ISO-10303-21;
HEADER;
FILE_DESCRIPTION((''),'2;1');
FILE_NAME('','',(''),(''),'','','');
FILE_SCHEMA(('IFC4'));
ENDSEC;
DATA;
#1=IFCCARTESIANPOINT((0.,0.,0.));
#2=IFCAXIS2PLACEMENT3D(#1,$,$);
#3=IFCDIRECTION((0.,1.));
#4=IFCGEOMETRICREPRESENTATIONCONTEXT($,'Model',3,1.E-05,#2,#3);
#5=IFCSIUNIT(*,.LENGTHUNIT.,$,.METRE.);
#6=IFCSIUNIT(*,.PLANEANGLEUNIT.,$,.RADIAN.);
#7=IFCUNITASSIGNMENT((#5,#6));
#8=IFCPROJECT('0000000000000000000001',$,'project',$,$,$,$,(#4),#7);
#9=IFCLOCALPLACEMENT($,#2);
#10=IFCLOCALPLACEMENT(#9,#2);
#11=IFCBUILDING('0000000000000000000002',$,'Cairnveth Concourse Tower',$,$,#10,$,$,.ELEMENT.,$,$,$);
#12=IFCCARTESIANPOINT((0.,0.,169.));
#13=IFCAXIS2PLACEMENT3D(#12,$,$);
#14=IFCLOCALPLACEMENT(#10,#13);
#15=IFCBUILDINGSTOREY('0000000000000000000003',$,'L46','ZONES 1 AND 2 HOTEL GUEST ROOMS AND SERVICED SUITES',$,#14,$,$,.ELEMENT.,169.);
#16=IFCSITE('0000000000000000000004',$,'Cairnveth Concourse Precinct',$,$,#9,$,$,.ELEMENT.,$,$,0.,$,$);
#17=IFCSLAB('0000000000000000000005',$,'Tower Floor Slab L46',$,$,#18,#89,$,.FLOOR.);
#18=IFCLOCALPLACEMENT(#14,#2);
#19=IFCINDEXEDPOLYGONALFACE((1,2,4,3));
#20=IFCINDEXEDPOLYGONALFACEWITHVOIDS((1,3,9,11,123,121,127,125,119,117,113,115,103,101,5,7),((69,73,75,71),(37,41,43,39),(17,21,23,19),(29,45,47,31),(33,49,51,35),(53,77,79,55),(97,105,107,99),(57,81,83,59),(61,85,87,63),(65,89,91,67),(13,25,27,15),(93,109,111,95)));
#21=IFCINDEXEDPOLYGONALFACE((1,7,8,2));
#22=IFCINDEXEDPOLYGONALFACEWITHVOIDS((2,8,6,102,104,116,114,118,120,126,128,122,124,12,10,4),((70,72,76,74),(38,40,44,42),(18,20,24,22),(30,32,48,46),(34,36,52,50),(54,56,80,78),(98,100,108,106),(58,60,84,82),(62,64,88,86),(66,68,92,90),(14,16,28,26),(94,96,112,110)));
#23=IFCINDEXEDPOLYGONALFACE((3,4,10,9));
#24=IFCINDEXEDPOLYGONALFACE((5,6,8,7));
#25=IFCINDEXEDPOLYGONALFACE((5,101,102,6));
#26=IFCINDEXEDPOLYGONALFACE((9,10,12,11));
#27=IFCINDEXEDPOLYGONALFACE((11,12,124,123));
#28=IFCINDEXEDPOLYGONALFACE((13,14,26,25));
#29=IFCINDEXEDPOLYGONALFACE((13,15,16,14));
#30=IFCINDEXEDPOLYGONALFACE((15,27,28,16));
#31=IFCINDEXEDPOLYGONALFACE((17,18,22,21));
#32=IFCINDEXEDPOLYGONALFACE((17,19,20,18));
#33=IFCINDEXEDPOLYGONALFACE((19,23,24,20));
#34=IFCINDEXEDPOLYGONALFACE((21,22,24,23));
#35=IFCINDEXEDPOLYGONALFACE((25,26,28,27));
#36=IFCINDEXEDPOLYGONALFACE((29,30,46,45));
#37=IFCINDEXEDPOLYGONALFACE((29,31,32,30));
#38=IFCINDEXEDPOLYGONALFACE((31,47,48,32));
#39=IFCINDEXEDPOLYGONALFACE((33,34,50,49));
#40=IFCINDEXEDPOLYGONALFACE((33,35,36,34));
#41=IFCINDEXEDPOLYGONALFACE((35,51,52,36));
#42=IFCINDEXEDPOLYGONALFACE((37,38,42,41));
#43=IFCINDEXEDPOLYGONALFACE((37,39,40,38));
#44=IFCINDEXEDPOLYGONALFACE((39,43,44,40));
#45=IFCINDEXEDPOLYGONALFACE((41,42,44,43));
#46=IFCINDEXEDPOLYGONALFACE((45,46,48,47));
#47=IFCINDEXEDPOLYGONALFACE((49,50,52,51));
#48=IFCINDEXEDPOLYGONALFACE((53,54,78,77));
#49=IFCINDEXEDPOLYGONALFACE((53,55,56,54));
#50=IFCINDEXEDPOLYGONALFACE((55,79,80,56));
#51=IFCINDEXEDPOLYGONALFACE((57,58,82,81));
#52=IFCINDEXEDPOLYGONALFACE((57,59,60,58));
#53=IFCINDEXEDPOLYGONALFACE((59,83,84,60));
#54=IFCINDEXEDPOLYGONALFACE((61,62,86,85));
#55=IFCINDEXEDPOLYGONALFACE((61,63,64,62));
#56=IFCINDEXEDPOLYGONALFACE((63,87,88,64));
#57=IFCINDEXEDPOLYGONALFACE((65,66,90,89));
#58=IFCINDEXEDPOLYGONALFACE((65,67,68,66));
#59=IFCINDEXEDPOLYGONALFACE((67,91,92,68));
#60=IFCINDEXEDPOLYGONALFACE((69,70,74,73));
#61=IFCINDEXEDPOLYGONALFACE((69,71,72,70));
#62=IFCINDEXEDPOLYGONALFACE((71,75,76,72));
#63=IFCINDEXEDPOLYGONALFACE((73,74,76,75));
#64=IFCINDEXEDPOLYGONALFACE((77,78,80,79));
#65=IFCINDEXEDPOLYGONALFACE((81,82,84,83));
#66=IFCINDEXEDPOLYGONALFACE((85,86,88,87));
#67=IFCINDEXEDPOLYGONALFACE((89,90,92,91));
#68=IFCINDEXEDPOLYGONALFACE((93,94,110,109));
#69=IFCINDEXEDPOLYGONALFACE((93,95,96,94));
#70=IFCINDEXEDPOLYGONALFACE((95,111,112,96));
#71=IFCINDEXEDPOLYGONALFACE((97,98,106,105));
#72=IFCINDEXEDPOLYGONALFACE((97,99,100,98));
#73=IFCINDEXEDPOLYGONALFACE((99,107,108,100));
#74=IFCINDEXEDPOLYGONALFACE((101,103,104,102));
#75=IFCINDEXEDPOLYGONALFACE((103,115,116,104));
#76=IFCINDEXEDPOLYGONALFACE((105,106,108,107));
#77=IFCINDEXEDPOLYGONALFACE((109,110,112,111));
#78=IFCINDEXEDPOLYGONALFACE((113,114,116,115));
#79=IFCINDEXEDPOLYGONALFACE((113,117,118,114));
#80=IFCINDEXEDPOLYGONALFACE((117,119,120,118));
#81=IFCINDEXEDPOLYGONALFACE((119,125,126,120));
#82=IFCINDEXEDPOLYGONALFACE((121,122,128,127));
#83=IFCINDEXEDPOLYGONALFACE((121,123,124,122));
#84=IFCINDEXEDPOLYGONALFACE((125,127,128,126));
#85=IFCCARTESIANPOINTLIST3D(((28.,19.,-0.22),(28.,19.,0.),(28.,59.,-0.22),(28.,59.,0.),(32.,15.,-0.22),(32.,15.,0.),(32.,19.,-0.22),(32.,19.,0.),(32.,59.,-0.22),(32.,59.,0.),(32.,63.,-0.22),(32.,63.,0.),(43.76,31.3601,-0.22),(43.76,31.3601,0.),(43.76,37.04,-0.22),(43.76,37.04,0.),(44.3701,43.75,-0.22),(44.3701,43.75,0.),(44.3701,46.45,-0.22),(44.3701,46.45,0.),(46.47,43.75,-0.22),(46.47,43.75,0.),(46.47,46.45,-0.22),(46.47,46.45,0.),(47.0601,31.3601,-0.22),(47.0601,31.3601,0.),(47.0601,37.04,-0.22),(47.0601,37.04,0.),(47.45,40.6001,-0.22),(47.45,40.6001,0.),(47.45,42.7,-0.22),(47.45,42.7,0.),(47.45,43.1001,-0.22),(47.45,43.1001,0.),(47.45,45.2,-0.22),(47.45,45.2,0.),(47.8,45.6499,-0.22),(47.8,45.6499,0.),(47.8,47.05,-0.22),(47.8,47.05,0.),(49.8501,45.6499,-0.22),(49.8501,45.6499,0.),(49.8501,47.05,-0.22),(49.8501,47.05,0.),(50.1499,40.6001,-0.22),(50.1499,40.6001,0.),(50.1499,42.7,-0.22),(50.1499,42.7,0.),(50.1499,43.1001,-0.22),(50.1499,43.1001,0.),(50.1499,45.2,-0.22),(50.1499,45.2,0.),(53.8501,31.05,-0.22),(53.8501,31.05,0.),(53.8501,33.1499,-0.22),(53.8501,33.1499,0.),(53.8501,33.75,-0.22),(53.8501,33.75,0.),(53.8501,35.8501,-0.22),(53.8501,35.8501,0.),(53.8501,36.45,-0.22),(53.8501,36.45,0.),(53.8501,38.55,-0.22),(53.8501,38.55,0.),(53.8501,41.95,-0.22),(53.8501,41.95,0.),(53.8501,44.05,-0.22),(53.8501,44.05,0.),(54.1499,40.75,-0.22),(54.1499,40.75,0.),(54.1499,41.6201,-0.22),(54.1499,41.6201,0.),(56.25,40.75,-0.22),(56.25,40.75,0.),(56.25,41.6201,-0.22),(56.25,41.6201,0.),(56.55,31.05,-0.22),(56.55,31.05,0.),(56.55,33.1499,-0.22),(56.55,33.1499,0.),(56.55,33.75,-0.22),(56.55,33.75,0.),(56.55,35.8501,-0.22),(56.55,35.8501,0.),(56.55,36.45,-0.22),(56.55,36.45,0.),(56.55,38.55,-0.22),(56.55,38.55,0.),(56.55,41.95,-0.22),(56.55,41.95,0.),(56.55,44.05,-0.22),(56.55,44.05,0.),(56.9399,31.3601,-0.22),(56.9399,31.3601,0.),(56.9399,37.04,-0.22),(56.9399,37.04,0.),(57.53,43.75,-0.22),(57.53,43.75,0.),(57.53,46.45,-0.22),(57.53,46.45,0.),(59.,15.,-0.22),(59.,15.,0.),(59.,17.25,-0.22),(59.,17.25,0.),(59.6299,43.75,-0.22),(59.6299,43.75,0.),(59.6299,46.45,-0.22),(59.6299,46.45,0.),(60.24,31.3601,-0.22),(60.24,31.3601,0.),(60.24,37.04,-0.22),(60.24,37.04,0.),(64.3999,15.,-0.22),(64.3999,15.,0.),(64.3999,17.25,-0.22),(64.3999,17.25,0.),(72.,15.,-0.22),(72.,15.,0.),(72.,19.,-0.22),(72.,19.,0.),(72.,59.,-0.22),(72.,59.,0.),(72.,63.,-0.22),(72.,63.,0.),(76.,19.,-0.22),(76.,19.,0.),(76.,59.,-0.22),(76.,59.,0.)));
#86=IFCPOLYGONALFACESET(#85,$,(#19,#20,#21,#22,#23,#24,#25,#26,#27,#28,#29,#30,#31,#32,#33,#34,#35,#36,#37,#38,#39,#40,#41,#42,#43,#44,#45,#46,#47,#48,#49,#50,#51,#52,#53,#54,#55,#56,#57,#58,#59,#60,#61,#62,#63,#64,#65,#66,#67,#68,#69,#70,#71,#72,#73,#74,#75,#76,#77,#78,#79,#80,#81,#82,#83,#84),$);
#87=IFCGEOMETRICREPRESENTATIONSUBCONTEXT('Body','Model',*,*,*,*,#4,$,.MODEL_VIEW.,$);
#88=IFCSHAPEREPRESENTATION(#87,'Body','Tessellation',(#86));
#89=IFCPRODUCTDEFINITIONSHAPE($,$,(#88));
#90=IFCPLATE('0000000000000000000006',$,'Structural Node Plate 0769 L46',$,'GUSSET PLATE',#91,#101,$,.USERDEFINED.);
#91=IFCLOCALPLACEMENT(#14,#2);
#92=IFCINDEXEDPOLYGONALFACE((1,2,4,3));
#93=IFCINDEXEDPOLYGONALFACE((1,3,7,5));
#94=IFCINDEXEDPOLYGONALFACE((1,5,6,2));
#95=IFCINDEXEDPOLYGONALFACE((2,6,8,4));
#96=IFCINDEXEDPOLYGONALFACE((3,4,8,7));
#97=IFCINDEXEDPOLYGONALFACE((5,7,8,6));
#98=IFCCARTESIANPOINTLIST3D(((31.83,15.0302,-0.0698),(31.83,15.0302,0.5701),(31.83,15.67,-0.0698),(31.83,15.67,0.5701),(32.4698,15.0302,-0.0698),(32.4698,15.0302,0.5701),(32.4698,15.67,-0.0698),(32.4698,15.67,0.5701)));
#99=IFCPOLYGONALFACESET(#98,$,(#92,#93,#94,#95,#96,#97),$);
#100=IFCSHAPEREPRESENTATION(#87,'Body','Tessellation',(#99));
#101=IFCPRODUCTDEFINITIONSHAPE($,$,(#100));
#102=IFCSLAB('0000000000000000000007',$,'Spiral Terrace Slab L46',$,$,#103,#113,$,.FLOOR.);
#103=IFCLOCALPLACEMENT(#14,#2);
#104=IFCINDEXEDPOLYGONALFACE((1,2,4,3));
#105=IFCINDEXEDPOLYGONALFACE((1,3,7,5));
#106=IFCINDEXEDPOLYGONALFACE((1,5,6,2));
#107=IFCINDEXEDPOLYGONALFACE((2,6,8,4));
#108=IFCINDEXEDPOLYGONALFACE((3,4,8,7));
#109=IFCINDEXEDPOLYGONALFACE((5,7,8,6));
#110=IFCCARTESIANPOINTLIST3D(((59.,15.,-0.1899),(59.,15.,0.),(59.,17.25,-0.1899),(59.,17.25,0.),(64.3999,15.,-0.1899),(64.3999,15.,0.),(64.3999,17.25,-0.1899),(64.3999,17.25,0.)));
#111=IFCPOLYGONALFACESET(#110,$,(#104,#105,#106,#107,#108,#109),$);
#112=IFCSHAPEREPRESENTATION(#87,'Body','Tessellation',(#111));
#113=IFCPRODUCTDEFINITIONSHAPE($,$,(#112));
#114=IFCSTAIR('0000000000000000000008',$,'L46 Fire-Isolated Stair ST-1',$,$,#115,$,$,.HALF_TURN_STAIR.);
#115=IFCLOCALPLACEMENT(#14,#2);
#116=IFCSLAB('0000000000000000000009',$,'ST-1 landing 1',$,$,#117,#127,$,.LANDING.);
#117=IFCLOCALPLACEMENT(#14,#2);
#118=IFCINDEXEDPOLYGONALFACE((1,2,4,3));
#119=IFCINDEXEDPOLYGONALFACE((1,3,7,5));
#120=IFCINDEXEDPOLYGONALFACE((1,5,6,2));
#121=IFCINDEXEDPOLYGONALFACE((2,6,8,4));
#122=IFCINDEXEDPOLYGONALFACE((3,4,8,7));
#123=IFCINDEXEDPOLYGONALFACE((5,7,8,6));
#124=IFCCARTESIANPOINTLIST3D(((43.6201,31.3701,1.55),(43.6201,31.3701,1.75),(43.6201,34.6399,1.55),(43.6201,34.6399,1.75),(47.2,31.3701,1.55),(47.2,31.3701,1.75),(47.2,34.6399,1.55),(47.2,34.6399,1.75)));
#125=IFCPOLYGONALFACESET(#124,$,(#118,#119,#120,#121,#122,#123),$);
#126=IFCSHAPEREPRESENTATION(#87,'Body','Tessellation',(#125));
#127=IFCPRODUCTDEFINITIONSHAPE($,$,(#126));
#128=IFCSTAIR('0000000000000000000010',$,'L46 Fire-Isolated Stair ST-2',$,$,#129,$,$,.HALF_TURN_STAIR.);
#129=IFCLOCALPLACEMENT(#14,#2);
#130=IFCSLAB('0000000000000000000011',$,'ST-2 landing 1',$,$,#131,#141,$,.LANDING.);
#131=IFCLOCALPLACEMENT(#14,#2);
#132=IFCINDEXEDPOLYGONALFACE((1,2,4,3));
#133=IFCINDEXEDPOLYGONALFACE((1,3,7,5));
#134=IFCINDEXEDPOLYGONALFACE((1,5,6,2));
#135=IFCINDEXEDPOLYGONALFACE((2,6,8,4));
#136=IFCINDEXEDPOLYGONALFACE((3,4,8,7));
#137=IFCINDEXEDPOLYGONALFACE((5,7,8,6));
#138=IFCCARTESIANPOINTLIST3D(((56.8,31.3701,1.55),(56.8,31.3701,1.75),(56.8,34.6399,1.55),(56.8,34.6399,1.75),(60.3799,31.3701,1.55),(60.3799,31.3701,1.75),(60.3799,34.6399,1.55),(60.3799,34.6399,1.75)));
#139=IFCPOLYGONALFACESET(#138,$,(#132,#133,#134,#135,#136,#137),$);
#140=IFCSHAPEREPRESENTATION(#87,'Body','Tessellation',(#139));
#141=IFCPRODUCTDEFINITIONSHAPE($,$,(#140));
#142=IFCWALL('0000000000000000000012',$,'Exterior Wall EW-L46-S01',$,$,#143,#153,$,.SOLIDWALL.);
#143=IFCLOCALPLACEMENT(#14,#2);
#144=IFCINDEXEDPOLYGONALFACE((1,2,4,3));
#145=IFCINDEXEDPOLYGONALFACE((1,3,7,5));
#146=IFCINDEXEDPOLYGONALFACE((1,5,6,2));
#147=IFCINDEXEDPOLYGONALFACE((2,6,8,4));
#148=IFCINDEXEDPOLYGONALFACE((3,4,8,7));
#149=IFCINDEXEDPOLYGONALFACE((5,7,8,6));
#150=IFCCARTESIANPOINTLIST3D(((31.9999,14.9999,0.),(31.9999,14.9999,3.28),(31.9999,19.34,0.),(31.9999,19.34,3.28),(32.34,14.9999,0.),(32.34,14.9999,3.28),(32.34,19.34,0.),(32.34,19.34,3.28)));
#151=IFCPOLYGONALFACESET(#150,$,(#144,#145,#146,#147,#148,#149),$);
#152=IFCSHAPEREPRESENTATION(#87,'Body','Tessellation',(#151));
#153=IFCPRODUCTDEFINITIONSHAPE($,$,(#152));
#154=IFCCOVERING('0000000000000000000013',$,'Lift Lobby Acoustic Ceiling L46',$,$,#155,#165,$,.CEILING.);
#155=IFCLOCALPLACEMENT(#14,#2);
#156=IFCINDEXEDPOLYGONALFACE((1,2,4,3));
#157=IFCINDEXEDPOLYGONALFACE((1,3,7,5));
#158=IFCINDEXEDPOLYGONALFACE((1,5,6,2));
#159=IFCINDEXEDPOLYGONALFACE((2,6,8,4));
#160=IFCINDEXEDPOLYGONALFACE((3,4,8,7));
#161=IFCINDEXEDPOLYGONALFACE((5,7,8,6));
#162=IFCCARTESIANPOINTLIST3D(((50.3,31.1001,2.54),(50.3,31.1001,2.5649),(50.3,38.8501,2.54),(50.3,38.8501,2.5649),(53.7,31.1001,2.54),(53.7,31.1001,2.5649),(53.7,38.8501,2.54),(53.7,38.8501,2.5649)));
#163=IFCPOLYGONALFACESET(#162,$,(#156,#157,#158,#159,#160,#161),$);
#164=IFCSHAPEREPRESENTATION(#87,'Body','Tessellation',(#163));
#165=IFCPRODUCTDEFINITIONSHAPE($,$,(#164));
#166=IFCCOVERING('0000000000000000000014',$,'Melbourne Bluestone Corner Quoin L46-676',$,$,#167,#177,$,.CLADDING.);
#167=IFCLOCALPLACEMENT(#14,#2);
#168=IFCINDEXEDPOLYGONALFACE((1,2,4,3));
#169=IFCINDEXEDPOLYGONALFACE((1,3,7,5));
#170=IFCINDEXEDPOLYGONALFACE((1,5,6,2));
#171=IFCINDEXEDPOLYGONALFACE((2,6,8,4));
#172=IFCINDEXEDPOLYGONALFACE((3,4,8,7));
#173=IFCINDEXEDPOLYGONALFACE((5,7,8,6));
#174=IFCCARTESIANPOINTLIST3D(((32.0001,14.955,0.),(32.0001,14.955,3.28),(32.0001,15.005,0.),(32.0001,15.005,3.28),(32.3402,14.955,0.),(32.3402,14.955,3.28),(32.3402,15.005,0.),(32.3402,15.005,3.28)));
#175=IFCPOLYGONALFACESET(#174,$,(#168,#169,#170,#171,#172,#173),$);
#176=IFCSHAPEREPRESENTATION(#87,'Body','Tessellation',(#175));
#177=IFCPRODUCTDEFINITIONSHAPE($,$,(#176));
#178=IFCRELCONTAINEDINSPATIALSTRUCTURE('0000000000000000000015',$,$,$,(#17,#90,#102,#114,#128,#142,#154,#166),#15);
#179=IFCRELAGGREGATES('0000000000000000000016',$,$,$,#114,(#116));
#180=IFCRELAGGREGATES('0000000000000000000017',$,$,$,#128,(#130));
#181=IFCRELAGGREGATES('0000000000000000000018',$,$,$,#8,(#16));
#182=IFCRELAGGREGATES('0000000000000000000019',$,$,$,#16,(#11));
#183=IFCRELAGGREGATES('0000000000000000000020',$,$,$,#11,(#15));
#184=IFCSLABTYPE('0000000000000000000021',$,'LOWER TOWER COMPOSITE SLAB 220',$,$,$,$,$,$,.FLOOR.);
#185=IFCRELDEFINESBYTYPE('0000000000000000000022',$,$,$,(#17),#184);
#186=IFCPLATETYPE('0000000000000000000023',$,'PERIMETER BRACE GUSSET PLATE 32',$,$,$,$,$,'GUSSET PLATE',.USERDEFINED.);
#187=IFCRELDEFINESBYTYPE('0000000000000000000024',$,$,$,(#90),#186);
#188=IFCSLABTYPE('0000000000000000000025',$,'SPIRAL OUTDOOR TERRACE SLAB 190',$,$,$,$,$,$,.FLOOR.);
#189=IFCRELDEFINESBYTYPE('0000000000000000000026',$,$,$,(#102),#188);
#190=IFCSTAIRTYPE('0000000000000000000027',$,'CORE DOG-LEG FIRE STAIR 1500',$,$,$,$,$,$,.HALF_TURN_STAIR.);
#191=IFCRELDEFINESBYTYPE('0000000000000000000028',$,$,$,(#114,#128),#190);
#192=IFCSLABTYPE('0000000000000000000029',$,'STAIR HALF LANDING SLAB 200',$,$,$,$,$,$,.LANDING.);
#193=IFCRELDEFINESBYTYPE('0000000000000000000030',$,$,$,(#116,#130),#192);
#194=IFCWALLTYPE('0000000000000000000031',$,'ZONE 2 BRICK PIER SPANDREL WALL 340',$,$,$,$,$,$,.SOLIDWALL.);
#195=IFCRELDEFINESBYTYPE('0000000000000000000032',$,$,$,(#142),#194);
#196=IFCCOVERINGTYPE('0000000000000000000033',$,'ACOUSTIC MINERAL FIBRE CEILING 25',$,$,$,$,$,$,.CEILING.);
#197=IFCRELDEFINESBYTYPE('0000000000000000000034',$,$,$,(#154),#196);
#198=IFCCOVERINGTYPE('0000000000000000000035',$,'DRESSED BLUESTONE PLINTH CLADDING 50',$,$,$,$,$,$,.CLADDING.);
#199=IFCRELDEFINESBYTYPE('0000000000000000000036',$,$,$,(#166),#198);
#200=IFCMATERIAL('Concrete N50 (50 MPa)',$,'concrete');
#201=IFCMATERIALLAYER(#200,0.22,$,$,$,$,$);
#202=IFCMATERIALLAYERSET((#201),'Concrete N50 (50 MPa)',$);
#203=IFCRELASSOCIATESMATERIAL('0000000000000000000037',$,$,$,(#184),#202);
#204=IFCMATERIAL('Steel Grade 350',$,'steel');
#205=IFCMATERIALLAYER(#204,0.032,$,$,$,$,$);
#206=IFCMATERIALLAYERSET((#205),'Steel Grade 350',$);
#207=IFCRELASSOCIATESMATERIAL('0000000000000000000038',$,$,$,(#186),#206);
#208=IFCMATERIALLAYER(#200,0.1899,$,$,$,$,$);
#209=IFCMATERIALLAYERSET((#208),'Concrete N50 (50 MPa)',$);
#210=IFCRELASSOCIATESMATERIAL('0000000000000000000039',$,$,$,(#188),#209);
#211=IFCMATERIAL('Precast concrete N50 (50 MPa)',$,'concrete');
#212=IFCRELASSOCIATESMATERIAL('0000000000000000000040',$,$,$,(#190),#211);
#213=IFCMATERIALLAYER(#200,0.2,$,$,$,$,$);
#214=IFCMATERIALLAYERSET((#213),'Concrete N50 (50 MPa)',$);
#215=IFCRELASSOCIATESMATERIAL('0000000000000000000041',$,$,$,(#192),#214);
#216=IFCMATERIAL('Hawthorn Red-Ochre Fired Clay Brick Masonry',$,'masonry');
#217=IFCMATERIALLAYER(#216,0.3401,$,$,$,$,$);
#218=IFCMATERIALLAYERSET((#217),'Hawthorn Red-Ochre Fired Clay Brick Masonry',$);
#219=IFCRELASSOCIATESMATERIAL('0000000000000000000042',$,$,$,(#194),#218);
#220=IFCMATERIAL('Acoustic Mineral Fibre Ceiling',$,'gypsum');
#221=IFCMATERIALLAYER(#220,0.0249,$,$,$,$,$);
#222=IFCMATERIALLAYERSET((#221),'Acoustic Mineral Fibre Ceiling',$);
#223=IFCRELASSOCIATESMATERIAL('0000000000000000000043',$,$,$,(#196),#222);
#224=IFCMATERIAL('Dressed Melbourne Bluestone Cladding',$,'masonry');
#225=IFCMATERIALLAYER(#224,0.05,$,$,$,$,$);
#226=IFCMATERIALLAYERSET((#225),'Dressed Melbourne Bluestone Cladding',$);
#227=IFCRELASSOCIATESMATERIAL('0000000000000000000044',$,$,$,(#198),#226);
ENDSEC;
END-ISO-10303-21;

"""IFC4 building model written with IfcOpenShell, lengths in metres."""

from ifc_helpers import new_model, si_unit, direction, frame, frame_2d, origin, origin_2d, place, context, subcontext, project, spatial, polyline, rectangle, outline, extrude, material, layer, layer_set, type_object, element, aggregate, save


model = new_model("IFC4")

# Units and contexts
model_context = context("Model", 3, precision=1e-05, world=origin(), true_north=direction((0.0, 1.0)))
body_context = subcontext(model_context, "Body", "Model", "MODEL_VIEW")
ifc_project = project(units=[si_unit("LENGTHUNIT", "METRE"), si_unit("PLANEANGLEUNIT", "RADIAN")], contexts=[model_context])

# Site, building, storey
site_placement = place(None, origin())
site = spatial("IfcSite", under=ifc_project, at=site_placement, Name="Cairnveth Concourse Precinct", CompositionType="ELEMENT", RefElevation=0.0)
building_placement = place(site_placement, origin())
building = spatial("IfcBuilding", under=site, at=building_placement, Name="Cairnveth Concourse Tower", CompositionType="ELEMENT")
storey_placement = place(building_placement, frame((0.0, 0.0, 169.0)))
storey = spatial("IfcBuildingStorey", under=building, at=storey_placement, Name="L46", Description="ZONES 1 AND 2 HOTEL GUEST ROOMS AND SERVICED SUITES", CompositionType="ELEMENT", Elevation=169.0)

# Shared definitions
ifc_material_1 = material(Name="Steel Grade 350", Category="steel")

# Slab
ifc_material_2 = material(Name="Concrete N50 (50 MPa)", Category="concrete")
ifc_layer_1 = layer(ifc_material_2, 0.22)
ifc_layer_set_1 = layer_set([ifc_layer_1], Name="Concrete N50 (50 MPa)")
slab_type_1 = type_object("IfcSlabType", Name="LOWER TOWER COMPOSITE SLAB 220", PredefinedType="FLOOR", material=ifc_layer_set_1)
slab_1_placement = place(storey_placement, frame((0.0, 0.0, -0.22)))
element("IfcSlab", 1, at=slab_1_placement, inside=storey, type_object=slab_type_1, Name="Tower Floor Slab L46", PredefinedType="FLOOR", context=body_context, shape_type="SweptSolid", body=[
    extrude(outline(polyline([(59.0, 15.0), (59.0, 17.25), (64.3999, 17.25), (64.3999, 15.0), (72.0, 15.0), (72.0, 19.0), (76.0, 19.0), (76.0, 59.0), (72.0, 59.0), (72.0, 63.0), (32.0, 63.0), (32.0, 59.0), (28.0, 59.0), (28.0, 19.0), (32.0, 19.0), (32.0, 15.0), (59.0, 15.0)]), holes=[polyline([(43.76, 31.3601), (47.0601, 31.3601), (47.0601, 37.04), (43.76, 37.04), (43.76, 31.3601)]), polyline([(56.9399, 31.3601), (60.24, 31.3601), (60.24, 37.04), (56.9399, 37.04), (56.9399, 31.3601)]), polyline([(44.3701, 43.75), (46.47, 43.75), (46.47, 46.45), (44.3701, 46.45), (44.3701, 43.75)]), polyline([(57.53, 43.75), (59.6299, 43.75), (59.6299, 46.45), (57.53, 46.45), (57.53, 43.75)]), polyline([(53.8501, 31.05), (56.55, 31.05), (56.55, 33.1499), (53.8501, 33.1499), (53.8501, 31.05)]), polyline([(53.8501, 33.75), (56.55, 33.75), (56.55, 35.8501), (53.8501, 35.8501), (53.8501, 33.75)]), polyline([(53.8501, 36.45), (56.55, 36.45), (56.55, 38.55), (53.8501, 38.55), (53.8501, 36.45)]), polyline([(47.45, 40.6001), (50.1499, 40.6001), (50.1499, 42.7), (47.45, 42.7), (47.45, 40.6001)]), polyline([(47.45, 43.1001), (50.1499, 43.1001), (50.1499, 45.2), (47.45, 45.2), (47.45, 43.1001)]), polyline([(53.8501, 41.95), (56.55, 41.95), (56.55, 44.05), (53.8501, 44.05), (53.8501, 41.95)]), polyline([(47.8, 45.6499), (49.8501, 45.6499), (49.8501, 47.05), (47.8, 47.05), (47.8, 45.6499)]), polyline([(54.1499, 40.75), (56.25, 40.75), (56.25, 41.6201), (54.1499, 41.6201), (54.1499, 40.75)])]), origin(), (0.0, 0.0, 1.0), 0.22),
])

# Plate
ifc_layer_2 = layer(ifc_material_1, 0.032)
ifc_layer_set_2 = layer_set([ifc_layer_2], Name="Steel Grade 350")
plate_type = type_object("IfcPlateType", Name="PERIMETER BRACE GUSSET PLATE 32", ElementType="GUSSET PLATE", PredefinedType="USERDEFINED", material=ifc_layer_set_2)
plate_placement = place(storey_placement, frame((32.1499, 15.3501, -0.0698), z_axis=(0.0, 0.0, 1.0), x_axis=(1.0, 0.0, 0.0)))
element("IfcPlate", 2, at=plate_placement, inside=storey, type_object=plate_type, Name="Structural Node Plate 0769 L46", ObjectType="GUSSET PLATE", PredefinedType="USERDEFINED", context=body_context, shape_type="SweptSolid", body=[
    extrude(rectangle(XDim=0.6399, YDim=0.6399, at=origin_2d()), origin(), (0.0, 0.0, 1.0), 0.6399),
])

# Slab
ifc_layer_3 = layer(ifc_material_2, 0.1899)
ifc_layer_set_3 = layer_set([ifc_layer_3], Name="Concrete N50 (50 MPa)")
slab_type_2 = type_object("IfcSlabType", Name="SPIRAL OUTDOOR TERRACE SLAB 190", PredefinedType="FLOOR", material=ifc_layer_set_3)
slab_2_placement = place(storey_placement, frame((0.0, 0.0, -0.1899)))
element("IfcSlab", 3, at=slab_2_placement, inside=storey, type_object=slab_type_2, Name="Spiral Terrace Slab L46", PredefinedType="FLOOR", context=body_context, shape_type="SweptSolid", body=[
    extrude(outline(polyline([(59.0, 15.0), (64.3999, 15.0), (64.3999, 17.25), (59.0, 17.25), (59.0, 15.0)])), origin(), (0.0, 0.0, 1.0), 0.1899),
])

# Stairs, slabs
ifc_material_3 = material(Name="Precast concrete N50 (50 MPa)", Category="concrete")
stair_type = type_object("IfcStairType", Name="CORE DOG-LEG FIRE STAIR 1500", PredefinedType="HALF_TURN_STAIR", material=ifc_material_3)
stair_1_placement = place(storey_placement, origin())
stair_1 = element("IfcStair", 4, at=stair_1_placement, inside=storey, type_object=stair_type, Name="L46 Fire-Isolated Stair ST-1", PredefinedType="HALF_TURN_STAIR")
ifc_layer_4 = layer(ifc_material_2, 0.2)
ifc_layer_set_4 = layer_set([ifc_layer_4], Name="Concrete N50 (50 MPa)")
slab_type_3 = type_object("IfcSlabType", Name="STAIR HALF LANDING SLAB 200", PredefinedType="LANDING", material=ifc_layer_set_4)
slab_3_placement = place(storey_placement, frame((0.0, 0.0, 1.55)))
slab_3 = element("IfcSlab", 5, at=slab_3_placement, type_object=slab_type_3, Name="ST-1 landing 1", PredefinedType="LANDING", context=body_context, shape_type="SweptSolid", body=[
    extrude(outline(polyline([(43.6201, 34.6399), (43.6201, 31.3701), (47.2, 31.3701), (47.2, 34.6399), (43.6201, 34.6399)])), origin(), (0.0, 0.0, 1.0), 0.2),
])
aggregate(stair_1, [slab_3])
stair_2_placement = place(storey_placement, origin())
stair_2 = element("IfcStair", 6, at=stair_2_placement, inside=storey, type_object=stair_type, Name="L46 Fire-Isolated Stair ST-2", PredefinedType="HALF_TURN_STAIR")
slab_4_placement = place(storey_placement, frame((0.0, 0.0, 1.55)))
slab_4 = element("IfcSlab", 7, at=slab_4_placement, type_object=slab_type_3, Name="ST-2 landing 1", PredefinedType="LANDING", context=body_context, shape_type="SweptSolid", body=[
    extrude(outline(polyline([(56.8, 34.6399), (56.8, 31.3701), (60.3799, 31.3701), (60.3799, 34.6399), (56.8, 34.6399)])), origin(), (0.0, 0.0, 1.0), 0.2),
])
aggregate(stair_2, [slab_4])

# Wall
ifc_material_4 = material(Name="Hawthorn Red-Ochre Fired Clay Brick Masonry", Category="masonry")
ifc_layer_5 = layer(ifc_material_4, 0.3401)
ifc_layer_set_5 = layer_set([ifc_layer_5], Name="Hawthorn Red-Ochre Fired Clay Brick Masonry")
wall_type = type_object("IfcWallType", Name="ZONE 2 BRICK PIER SPANDREL WALL 340", PredefinedType="SOLIDWALL", material=ifc_layer_set_5)
wall_1_placement = place(storey_placement, frame((32.1699, 15.0, 0.0), z_axis=(0.0, 0.0, 1.0), x_axis=(0.0, 1.0, 0.0)))
element("IfcWall", 8, at=wall_1_placement, inside=storey, type_object=wall_type, Name="Exterior Wall EW-L46-S01", PredefinedType="SOLIDWALL", context=body_context, shape_type="SweptSolid", body=[
    extrude(rectangle(XDim=4.3401, YDim=0.3401, at=frame_2d((2.1699, 0.0))), origin(), (0.0, 0.0, 1.0), 3.28),
])

# Coverings
ifc_material_5 = material(Name="Acoustic Mineral Fibre Ceiling", Category="gypsum")
ifc_layer_6 = layer(ifc_material_5, 0.0249)
ifc_layer_set_6 = layer_set([ifc_layer_6], Name="Acoustic Mineral Fibre Ceiling")
covering_type_1 = type_object("IfcCoveringType", Name="ACOUSTIC MINERAL FIBRE CEILING 25", PredefinedType="CEILING", material=ifc_layer_set_6)
covering_1_placement = place(storey_placement, frame((0.0, 0.0, 2.54)))
element("IfcCovering", 9, at=covering_1_placement, inside=storey, type_object=covering_type_1, Name="Lift Lobby Acoustic Ceiling L46", PredefinedType="CEILING", context=body_context, shape_type="SweptSolid", body=[
    extrude(outline(polyline([(50.3, 31.1001), (53.7, 31.1001), (53.7, 38.8501), (50.3, 38.8501), (50.3, 31.1001)])), origin(), (0.0, 0.0, 1.0), 0.0249),
])
ifc_material_6 = material(Name="Dressed Melbourne Bluestone Cladding", Category="masonry")
ifc_layer_7 = layer(ifc_material_6, 0.05)
ifc_layer_set_7 = layer_set([ifc_layer_7], Name="Dressed Melbourne Bluestone Cladding")
covering_type_2 = type_object("IfcCoveringType", Name="DRESSED BLUESTONE PLINTH CLADDING 50", PredefinedType="CLADDING", material=ifc_layer_set_7)
for number, where, z_axis, x_axis, name in (
    (10, (32.3401, 14.98, 0.0), (0.0, 0.0, 1.0), (-1.0, 0.0, 0.0), "Melbourne Bluestone Corner Quoin L46-676"),
):
    element("IfcCovering", number, at=place(storey_placement, frame(where, z_axis=z_axis, x_axis=x_axis)), inside=storey, type_object=covering_type_2, Name=name, PredefinedType="CLADDING", context=body_context, shape_type="SweptSolid", body=[
        extrude(rectangle(XDim=0.3401, YDim=0.05, at=frame_2d((0.1699, 0.0))), origin(), (0.0, 0.0, 1.0), 3.28),
    ])

save(model, "model.ifc")
